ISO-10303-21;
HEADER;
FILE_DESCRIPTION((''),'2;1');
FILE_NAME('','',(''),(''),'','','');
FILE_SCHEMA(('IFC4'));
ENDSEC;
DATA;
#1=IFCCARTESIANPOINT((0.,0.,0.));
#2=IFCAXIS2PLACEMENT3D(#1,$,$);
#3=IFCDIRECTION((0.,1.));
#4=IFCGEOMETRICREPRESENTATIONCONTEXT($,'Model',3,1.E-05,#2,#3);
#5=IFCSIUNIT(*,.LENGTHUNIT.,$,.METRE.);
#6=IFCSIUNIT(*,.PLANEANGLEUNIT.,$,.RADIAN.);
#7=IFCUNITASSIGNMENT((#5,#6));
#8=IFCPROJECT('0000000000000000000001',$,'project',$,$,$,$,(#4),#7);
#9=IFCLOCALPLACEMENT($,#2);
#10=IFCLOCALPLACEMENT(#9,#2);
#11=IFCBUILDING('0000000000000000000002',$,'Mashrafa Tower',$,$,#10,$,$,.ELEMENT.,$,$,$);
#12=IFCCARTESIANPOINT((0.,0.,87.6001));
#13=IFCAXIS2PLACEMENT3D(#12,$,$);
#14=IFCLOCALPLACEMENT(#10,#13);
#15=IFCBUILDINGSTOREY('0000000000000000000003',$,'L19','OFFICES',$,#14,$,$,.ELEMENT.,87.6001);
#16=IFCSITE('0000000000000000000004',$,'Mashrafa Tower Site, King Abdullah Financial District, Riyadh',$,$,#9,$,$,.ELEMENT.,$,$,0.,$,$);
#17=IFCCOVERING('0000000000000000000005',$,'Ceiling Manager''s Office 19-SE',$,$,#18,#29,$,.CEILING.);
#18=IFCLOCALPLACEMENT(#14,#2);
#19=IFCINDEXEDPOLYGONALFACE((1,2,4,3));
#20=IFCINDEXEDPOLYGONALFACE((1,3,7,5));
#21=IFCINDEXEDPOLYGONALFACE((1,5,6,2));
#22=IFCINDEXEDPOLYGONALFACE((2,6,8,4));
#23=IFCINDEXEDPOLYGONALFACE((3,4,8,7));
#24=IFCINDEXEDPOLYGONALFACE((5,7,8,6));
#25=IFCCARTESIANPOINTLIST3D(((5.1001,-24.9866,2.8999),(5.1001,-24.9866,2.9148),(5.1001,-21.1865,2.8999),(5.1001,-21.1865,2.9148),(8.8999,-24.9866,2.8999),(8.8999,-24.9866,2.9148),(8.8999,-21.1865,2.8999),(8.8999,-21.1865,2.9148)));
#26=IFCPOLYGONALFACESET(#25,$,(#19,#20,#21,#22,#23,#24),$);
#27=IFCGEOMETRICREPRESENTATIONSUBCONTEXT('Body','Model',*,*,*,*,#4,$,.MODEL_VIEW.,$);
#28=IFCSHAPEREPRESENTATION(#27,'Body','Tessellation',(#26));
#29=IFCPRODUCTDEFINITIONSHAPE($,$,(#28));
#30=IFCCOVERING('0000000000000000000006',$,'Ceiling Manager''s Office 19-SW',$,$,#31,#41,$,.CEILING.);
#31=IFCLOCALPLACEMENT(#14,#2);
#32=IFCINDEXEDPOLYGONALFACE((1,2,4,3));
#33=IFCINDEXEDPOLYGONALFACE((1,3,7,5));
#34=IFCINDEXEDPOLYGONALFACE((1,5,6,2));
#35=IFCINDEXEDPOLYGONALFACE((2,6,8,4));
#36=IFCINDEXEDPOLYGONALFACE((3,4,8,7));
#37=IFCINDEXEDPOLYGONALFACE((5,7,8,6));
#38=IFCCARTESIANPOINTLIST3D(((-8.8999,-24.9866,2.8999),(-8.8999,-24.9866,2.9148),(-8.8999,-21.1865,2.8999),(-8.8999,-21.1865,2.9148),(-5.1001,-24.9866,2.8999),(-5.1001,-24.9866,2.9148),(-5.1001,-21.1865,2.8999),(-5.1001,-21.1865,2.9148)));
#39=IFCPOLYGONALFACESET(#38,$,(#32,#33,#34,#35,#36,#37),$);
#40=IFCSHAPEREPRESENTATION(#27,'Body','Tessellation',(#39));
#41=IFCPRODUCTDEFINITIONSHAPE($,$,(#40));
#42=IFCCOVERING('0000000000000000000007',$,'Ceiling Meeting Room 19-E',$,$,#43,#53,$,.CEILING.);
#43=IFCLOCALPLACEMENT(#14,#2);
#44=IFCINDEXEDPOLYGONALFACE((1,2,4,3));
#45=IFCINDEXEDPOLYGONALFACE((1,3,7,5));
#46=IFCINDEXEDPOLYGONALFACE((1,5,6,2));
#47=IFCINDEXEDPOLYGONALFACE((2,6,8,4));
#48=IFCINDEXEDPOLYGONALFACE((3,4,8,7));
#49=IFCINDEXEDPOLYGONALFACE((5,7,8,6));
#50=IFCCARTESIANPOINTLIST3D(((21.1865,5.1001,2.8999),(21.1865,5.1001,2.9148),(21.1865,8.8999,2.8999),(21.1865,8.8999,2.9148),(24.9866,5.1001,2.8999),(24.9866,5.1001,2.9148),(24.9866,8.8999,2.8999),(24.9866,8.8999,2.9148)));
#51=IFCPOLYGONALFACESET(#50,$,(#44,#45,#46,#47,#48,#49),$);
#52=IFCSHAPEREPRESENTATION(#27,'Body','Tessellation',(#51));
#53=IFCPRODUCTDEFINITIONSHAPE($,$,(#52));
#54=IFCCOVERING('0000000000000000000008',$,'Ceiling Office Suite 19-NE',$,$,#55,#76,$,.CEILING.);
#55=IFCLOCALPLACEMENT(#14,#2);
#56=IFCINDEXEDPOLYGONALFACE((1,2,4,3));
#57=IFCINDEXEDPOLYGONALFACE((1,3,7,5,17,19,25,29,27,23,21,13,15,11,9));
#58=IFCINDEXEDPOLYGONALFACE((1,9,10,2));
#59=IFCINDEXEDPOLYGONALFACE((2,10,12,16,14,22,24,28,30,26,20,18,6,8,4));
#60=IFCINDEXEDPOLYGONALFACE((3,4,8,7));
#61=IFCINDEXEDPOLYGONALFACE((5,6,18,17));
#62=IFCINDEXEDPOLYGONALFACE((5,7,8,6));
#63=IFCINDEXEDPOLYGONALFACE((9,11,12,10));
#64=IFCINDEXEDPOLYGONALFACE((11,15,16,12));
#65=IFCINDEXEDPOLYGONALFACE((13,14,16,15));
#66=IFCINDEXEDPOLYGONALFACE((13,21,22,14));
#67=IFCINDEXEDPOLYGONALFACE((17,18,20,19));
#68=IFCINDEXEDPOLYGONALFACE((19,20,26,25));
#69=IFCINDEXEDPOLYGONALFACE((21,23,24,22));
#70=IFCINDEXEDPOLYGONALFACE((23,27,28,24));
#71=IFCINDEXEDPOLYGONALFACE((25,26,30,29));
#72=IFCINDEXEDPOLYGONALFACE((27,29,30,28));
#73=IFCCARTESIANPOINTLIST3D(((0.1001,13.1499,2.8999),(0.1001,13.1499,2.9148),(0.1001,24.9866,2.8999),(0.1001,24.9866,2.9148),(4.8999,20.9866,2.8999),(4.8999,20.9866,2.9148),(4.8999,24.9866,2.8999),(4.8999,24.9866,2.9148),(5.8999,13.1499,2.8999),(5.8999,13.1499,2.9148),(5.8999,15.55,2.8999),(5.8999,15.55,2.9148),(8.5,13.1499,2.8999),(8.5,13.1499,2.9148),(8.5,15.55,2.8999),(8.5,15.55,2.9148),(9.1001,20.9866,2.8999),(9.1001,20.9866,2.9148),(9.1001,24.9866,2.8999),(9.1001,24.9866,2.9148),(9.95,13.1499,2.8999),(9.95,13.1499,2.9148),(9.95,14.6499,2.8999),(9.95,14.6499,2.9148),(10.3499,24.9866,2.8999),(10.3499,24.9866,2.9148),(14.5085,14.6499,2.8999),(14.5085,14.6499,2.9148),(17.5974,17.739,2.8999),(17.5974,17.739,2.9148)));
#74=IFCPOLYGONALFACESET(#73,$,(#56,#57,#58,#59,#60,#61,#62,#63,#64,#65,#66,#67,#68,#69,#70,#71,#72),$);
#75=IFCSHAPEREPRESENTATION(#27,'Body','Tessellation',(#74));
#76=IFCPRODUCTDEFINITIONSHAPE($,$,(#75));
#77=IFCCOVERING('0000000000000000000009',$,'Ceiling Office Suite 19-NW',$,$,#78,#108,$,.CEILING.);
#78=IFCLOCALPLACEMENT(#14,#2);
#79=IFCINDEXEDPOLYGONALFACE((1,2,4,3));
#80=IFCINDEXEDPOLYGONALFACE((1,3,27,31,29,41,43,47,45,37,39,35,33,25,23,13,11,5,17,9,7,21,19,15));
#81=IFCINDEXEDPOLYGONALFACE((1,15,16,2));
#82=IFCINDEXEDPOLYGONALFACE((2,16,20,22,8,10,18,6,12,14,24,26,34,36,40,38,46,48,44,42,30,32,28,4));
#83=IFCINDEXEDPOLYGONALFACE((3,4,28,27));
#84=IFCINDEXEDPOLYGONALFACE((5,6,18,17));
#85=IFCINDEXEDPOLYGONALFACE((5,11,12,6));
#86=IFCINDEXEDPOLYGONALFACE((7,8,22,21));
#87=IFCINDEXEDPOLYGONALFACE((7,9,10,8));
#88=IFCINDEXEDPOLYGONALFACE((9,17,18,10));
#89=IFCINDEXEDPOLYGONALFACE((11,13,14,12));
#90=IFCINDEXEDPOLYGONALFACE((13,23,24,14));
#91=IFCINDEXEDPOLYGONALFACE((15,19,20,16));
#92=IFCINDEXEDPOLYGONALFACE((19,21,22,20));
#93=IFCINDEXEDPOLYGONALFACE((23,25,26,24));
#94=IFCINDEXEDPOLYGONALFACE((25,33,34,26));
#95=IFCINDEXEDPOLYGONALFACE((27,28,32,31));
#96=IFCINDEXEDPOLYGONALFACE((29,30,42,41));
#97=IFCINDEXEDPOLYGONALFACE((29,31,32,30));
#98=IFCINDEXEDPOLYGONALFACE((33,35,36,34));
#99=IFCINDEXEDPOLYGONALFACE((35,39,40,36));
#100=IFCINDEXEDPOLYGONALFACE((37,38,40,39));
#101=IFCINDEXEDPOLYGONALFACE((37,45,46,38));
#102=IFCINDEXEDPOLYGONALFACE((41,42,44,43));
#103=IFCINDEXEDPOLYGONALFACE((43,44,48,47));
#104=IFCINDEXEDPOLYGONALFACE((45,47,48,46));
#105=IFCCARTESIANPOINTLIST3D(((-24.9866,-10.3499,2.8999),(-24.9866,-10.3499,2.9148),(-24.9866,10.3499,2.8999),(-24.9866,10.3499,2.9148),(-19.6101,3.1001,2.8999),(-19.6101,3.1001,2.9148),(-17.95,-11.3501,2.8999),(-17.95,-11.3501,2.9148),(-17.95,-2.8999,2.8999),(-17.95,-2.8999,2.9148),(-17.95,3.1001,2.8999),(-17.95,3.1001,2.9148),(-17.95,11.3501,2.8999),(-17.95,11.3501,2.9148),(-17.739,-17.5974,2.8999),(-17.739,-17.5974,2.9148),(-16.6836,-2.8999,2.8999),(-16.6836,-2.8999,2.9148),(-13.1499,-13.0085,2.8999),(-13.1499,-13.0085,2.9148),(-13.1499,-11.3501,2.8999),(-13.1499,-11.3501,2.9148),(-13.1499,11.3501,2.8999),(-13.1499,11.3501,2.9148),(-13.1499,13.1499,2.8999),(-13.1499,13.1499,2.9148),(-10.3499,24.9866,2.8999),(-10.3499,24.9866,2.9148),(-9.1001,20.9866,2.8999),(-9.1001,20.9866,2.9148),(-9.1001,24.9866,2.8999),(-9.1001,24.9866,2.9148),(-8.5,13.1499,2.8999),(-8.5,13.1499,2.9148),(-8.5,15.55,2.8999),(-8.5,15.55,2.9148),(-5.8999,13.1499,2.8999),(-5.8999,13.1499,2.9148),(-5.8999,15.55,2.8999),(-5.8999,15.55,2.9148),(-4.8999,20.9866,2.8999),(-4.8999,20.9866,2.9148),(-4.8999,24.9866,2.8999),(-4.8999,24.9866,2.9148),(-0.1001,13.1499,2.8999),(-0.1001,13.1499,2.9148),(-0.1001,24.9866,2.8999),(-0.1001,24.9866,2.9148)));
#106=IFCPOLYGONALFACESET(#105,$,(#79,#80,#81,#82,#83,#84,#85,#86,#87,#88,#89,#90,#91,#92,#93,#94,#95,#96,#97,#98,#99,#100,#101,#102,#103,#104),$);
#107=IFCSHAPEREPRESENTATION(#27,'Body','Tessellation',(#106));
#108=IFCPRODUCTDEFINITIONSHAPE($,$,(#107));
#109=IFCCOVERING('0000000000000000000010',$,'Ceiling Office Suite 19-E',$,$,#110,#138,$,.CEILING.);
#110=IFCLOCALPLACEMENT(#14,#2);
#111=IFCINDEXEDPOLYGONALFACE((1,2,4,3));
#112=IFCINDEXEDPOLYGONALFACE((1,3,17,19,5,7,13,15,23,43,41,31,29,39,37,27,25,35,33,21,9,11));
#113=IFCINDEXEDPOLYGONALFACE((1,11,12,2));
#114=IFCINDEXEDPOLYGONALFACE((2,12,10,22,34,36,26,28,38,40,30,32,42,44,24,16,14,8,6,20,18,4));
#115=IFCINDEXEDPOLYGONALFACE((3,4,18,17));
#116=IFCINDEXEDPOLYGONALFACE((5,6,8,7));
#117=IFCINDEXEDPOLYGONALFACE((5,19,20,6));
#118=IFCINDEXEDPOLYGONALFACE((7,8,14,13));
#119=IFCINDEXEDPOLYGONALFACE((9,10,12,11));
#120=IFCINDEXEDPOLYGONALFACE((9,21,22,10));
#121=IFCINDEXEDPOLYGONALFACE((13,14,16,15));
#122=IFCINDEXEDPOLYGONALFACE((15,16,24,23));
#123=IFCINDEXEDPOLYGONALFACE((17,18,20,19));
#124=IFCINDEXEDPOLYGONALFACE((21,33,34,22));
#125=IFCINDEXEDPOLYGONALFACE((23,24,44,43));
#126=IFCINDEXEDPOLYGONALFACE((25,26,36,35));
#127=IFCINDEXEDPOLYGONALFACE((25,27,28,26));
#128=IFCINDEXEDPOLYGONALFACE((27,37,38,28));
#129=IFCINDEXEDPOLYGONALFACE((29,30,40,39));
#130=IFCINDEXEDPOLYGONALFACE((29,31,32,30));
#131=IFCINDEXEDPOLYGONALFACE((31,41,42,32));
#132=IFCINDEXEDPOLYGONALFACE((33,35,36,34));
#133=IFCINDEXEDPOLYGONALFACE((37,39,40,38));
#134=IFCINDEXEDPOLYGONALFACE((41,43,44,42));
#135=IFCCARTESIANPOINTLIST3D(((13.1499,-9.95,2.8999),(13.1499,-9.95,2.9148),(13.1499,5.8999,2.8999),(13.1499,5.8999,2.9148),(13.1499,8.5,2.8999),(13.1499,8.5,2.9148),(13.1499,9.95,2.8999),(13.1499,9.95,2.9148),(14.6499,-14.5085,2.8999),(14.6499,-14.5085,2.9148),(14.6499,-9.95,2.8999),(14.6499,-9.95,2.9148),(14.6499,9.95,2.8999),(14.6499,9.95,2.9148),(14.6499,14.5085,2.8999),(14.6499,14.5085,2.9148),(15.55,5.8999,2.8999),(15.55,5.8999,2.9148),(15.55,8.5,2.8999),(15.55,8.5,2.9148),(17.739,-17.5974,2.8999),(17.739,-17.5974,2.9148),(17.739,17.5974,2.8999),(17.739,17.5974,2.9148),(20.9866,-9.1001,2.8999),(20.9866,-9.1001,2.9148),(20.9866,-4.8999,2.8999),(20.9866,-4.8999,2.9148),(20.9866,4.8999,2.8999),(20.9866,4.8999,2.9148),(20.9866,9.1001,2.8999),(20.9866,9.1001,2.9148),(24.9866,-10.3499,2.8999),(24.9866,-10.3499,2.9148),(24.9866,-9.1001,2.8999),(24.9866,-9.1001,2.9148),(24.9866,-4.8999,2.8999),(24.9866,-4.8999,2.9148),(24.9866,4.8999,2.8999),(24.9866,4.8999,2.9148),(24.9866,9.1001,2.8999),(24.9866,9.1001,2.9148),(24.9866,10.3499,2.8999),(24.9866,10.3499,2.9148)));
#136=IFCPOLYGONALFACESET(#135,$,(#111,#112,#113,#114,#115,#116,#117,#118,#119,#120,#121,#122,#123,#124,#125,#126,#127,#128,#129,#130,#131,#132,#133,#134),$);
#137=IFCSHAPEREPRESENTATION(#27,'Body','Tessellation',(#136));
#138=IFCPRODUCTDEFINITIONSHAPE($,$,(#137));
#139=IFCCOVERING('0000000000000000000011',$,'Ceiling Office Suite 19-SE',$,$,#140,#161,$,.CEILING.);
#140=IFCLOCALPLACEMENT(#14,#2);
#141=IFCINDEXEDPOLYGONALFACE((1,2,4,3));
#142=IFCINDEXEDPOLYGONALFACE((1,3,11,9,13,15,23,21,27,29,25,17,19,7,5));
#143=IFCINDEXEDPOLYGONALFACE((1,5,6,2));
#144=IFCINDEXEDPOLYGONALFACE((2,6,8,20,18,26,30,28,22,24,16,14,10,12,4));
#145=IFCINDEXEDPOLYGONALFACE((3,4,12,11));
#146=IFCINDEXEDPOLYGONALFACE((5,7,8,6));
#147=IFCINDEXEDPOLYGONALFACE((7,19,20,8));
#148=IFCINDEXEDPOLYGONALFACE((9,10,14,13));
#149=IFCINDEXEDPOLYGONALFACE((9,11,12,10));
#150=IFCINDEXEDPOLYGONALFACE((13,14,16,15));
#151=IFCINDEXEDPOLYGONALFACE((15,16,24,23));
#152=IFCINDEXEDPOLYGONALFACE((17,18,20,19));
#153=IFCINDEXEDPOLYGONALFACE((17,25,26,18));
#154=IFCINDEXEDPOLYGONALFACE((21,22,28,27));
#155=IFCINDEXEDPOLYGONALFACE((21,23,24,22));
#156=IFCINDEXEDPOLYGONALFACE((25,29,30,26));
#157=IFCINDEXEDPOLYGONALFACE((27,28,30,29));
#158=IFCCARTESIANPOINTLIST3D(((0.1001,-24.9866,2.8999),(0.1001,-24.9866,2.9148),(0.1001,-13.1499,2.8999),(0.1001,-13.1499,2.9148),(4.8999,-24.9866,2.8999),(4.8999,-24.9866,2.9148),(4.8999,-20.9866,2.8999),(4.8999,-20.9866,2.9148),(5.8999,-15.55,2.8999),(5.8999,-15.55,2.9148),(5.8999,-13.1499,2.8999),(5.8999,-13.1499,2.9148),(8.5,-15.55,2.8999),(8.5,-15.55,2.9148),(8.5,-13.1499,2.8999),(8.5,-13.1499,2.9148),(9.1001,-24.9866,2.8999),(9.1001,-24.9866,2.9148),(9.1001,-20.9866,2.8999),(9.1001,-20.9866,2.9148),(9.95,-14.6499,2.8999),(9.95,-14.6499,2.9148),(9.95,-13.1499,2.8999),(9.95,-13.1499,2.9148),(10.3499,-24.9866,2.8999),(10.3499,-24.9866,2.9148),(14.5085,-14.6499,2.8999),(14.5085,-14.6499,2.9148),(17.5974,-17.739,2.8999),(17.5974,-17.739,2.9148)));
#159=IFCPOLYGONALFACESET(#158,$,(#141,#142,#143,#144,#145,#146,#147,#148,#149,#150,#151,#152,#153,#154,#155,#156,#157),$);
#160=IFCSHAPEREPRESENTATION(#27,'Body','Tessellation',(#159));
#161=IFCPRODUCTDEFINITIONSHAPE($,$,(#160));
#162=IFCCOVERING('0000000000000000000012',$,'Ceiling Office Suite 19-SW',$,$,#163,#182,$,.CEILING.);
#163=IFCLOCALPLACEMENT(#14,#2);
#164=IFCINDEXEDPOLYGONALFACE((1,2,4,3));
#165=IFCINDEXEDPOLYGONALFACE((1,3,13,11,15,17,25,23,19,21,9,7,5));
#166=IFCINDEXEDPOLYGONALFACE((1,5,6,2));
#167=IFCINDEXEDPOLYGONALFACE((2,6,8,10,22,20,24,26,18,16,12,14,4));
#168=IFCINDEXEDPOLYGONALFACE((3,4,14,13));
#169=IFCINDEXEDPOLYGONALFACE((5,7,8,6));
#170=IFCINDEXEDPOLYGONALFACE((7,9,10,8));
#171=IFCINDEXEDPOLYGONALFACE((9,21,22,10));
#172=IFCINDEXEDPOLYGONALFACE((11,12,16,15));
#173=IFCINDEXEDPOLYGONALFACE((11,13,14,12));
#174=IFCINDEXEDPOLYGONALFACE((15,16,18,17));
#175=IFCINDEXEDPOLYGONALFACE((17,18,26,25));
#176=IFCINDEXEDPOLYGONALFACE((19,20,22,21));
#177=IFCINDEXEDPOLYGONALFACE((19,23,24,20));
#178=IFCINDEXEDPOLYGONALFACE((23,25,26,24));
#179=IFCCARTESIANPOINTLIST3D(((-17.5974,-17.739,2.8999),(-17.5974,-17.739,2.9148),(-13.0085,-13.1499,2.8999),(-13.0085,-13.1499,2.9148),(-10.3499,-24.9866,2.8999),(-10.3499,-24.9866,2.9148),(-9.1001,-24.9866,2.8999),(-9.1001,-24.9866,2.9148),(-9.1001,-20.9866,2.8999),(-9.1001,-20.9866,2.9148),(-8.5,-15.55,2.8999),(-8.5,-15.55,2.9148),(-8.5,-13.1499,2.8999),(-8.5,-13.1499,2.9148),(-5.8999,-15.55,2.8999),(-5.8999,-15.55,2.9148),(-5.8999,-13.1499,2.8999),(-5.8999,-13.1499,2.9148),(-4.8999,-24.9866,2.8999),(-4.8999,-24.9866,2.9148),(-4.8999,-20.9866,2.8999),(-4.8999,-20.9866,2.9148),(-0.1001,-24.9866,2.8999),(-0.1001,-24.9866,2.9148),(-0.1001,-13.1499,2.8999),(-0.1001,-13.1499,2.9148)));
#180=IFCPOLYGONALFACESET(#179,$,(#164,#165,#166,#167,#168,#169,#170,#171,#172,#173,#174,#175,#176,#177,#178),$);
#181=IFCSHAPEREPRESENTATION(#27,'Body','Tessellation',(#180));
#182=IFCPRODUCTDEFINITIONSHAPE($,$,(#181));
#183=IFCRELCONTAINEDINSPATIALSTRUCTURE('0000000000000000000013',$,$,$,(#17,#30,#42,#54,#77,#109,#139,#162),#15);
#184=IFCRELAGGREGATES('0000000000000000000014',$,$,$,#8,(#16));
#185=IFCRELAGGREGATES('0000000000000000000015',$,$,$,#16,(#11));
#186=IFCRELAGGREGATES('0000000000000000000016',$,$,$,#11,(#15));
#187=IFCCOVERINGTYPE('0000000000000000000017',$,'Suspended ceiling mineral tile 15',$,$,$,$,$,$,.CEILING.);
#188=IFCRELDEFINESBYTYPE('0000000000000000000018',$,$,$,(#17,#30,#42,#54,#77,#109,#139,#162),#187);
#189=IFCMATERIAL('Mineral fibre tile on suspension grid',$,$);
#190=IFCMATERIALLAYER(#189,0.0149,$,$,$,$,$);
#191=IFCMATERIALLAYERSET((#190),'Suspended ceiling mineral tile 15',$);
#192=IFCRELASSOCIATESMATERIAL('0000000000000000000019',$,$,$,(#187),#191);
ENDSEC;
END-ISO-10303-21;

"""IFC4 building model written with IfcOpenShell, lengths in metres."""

from ifc_helpers import new_model, si_unit, direction, frame, origin, place, context, subcontext, project, spatial, polyline, outline, extrude, material, layer, layer_set, type_object, element, save


model = new_model("IFC4")

# Units and contexts
model_context = context("Model", 3, precision=1e-05, world=origin(), true_north=direction((0.0, 1.0)))
body_context = subcontext(model_context, "Body", "Model", "MODEL_VIEW")
ifc_project = project(units=[si_unit("LENGTHUNIT", "METRE"), si_unit("PLANEANGLEUNIT", "RADIAN")], contexts=[model_context])

# Site, building, storey
site_placement = place(None, origin())
site = spatial("IfcSite", under=ifc_project, at=site_placement, Name="Mashrafa Tower Site, King Abdullah Financial District, Riyadh", CompositionType="ELEMENT", RefElevation=0.0)
building_placement = place(site_placement, origin())
building = spatial("IfcBuilding", under=site, at=building_placement, Name="Mashrafa Tower", CompositionType="ELEMENT")
storey_placement = place(building_placement, frame((0.0, 0.0, 87.6001)))
storey = spatial("IfcBuildingStorey", under=building, at=storey_placement, Name="L19", Description="OFFICES", CompositionType="ELEMENT", Elevation=87.6001)

# Coverings
ifc_material_1 = material(Name="Mineral fibre tile on suspension grid")
ifc_layer_1 = layer(ifc_material_1, 0.0149)
ifc_layer_set_1 = layer_set([ifc_layer_1], Name="Suspended ceiling mineral tile 15")
covering_type = type_object("IfcCoveringType", Name="Suspended ceiling mineral tile 15", PredefinedType="CEILING", material=ifc_layer_set_1)
covering_1_placement = place(storey_placement, frame((0.0, 0.0, 2.8999)))
element("IfcCovering", 1, at=covering_1_placement, inside=storey, type_object=covering_type, Name="Ceiling Manager's Office 19-SE", PredefinedType="CEILING", context=body_context, shape_type="SweptSolid", body=[
    extrude(outline(polyline([(5.1001, -21.1865), (8.8999, -21.1865), (8.8999, -24.9866), (5.1001, -24.9866), (5.1001, -21.1865)])), origin(), (0.0, 0.0, 1.0), 0.0149),
])
covering_2_placement = place(storey_placement, frame((0.0, 0.0, 2.8999)))
element("IfcCovering", 2, at=covering_2_placement, inside=storey, type_object=covering_type, Name="Ceiling Manager's Office 19-SW", PredefinedType="CEILING", context=body_context, shape_type="SweptSolid", body=[
    extrude(outline(polyline([(-8.8999, -21.1865), (-5.1001, -21.1865), (-5.1001, -24.9866), (-8.8999, -24.9866), (-8.8999, -21.1865)])), origin(), (0.0, 0.0, 1.0), 0.0149),
])
covering_3_placement = place(storey_placement, frame((0.0, 0.0, 2.8999)))
element("IfcCovering", 3, at=covering_3_placement, inside=storey, type_object=covering_type, Name="Ceiling Meeting Room 19-E", PredefinedType="CEILING", context=body_context, shape_type="SweptSolid", body=[
    extrude(outline(polyline([(21.1865, 8.8999), (24.9866, 8.8999), (24.9866, 5.1001), (21.1865, 5.1001), (21.1865, 8.8999)])), origin(), (0.0, 0.0, 1.0), 0.0149),
])
covering_4_placement = place(storey_placement, frame((0.0, 0.0, 2.8999)))
element("IfcCovering", 4, at=covering_4_placement, inside=storey, type_object=covering_type, Name="Ceiling Office Suite 19-NE", PredefinedType="CEILING", context=body_context, shape_type="SweptSolid", body=[
    extrude(outline(polyline([(0.1001, 24.9866), (4.8999, 24.9866), (4.8999, 20.9866), (9.1001, 20.9866), (9.1001, 24.9866), (10.3499, 24.9866), (17.5974, 17.739), (14.5085, 14.6499), (9.95, 14.6499), (9.95, 13.1499), (8.5, 13.1499), (8.5, 15.55), (5.8999, 15.55), (5.8999, 13.1499), (0.1001, 13.1499), (0.1001, 24.9866)])), origin(), (0.0, 0.0, 1.0), 0.0149),
])
covering_5_placement = place(storey_placement, frame((0.0, 0.0, 2.8999)))
element("IfcCovering", 5, at=covering_5_placement, inside=storey, type_object=covering_type, Name="Ceiling Office Suite 19-NW", PredefinedType="CEILING", context=body_context, shape_type="SweptSolid", body=[
    extrude(outline(polyline([(-13.1499, -13.0085), (-17.739, -17.5974), (-24.9866, -10.3499), (-24.9866, 10.3499), (-10.3499, 24.9866), (-9.1001, 24.9866), (-9.1001, 20.9866), (-4.8999, 20.9866), (-4.8999, 24.9866), (-0.1001, 24.9866), (-0.1001, 13.1499), (-5.8999, 13.1499), (-5.8999, 15.55), (-8.5, 15.55), (-8.5, 13.1499), (-13.1499, 13.1499), (-13.1499, 11.3501), (-17.95, 11.3501), (-17.95, 3.1001), (-19.6101, 3.1001), (-16.6836, -2.8999), (-17.95, -2.8999), (-17.95, -11.3501), (-13.1499, -11.3501), (-13.1499, -13.0085)])), origin(), (0.0, 0.0, 1.0), 0.0149),
])
covering_6_placement = place(storey_placement, frame((0.0, 0.0, 2.8999)))
element("IfcCovering", 6, at=covering_6_placement, inside=storey, type_object=covering_type, Name="Ceiling Office Suite 19-E", PredefinedType="CEILING", context=body_context, shape_type="SweptSolid", body=[
    extrude(outline(polyline([(14.6499, 14.5085), (17.739, 17.5974), (24.9866, 10.3499), (24.9866, 9.1001), (20.9866, 9.1001), (20.9866, 4.8999), (24.9866, 4.8999), (24.9866, -4.8999), (20.9866, -4.8999), (20.9866, -9.1001), (24.9866, -9.1001), (24.9866, -10.3499), (17.739, -17.5974), (14.6499, -14.5085), (14.6499, -9.95), (13.1499, -9.95), (13.1499, 5.8999), (15.55, 5.8999), (15.55, 8.5), (13.1499, 8.5), (13.1499, 9.95), (14.6499, 9.95), (14.6499, 14.5085)])), origin(), (0.0, 0.0, 1.0), 0.0149),
])
covering_7_placement = place(storey_placement, frame((0.0, 0.0, 2.8999)))
element("IfcCovering", 7, at=covering_7_placement, inside=storey, type_object=covering_type, Name="Ceiling Office Suite 19-SE", PredefinedType="CEILING", context=body_context, shape_type="SweptSolid", body=[
    extrude(outline(polyline([(14.5085, -14.6499), (17.5974, -17.739), (10.3499, -24.9866), (9.1001, -24.9866), (9.1001, -20.9866), (4.8999, -20.9866), (4.8999, -24.9866), (0.1001, -24.9866), (0.1001, -13.1499), (5.8999, -13.1499), (5.8999, -15.55), (8.5, -15.55), (8.5, -13.1499), (9.95, -13.1499), (9.95, -14.6499), (14.5085, -14.6499)])), origin(), (0.0, 0.0, 1.0), 0.0149),
])
covering_8_placement = place(storey_placement, frame((0.0, 0.0, 2.8999)))
element("IfcCovering", 8, at=covering_8_placement, inside=storey, type_object=covering_type, Name="Ceiling Office Suite 19-SW", PredefinedType="CEILING", context=body_context, shape_type="SweptSolid", body=[
    extrude(outline(polyline([(-0.1001, -24.9866), (-4.8999, -24.9866), (-4.8999, -20.9866), (-9.1001, -20.9866), (-9.1001, -24.9866), (-10.3499, -24.9866), (-17.5974, -17.739), (-13.0085, -13.1499), (-8.5, -13.1499), (-8.5, -15.55), (-5.8999, -15.55), (-5.8999, -13.1499), (-0.1001, -13.1499), (-0.1001, -24.9866)])), origin(), (0.0, 0.0, 1.0), 0.0149),
])

save(model, "model.ifc")
